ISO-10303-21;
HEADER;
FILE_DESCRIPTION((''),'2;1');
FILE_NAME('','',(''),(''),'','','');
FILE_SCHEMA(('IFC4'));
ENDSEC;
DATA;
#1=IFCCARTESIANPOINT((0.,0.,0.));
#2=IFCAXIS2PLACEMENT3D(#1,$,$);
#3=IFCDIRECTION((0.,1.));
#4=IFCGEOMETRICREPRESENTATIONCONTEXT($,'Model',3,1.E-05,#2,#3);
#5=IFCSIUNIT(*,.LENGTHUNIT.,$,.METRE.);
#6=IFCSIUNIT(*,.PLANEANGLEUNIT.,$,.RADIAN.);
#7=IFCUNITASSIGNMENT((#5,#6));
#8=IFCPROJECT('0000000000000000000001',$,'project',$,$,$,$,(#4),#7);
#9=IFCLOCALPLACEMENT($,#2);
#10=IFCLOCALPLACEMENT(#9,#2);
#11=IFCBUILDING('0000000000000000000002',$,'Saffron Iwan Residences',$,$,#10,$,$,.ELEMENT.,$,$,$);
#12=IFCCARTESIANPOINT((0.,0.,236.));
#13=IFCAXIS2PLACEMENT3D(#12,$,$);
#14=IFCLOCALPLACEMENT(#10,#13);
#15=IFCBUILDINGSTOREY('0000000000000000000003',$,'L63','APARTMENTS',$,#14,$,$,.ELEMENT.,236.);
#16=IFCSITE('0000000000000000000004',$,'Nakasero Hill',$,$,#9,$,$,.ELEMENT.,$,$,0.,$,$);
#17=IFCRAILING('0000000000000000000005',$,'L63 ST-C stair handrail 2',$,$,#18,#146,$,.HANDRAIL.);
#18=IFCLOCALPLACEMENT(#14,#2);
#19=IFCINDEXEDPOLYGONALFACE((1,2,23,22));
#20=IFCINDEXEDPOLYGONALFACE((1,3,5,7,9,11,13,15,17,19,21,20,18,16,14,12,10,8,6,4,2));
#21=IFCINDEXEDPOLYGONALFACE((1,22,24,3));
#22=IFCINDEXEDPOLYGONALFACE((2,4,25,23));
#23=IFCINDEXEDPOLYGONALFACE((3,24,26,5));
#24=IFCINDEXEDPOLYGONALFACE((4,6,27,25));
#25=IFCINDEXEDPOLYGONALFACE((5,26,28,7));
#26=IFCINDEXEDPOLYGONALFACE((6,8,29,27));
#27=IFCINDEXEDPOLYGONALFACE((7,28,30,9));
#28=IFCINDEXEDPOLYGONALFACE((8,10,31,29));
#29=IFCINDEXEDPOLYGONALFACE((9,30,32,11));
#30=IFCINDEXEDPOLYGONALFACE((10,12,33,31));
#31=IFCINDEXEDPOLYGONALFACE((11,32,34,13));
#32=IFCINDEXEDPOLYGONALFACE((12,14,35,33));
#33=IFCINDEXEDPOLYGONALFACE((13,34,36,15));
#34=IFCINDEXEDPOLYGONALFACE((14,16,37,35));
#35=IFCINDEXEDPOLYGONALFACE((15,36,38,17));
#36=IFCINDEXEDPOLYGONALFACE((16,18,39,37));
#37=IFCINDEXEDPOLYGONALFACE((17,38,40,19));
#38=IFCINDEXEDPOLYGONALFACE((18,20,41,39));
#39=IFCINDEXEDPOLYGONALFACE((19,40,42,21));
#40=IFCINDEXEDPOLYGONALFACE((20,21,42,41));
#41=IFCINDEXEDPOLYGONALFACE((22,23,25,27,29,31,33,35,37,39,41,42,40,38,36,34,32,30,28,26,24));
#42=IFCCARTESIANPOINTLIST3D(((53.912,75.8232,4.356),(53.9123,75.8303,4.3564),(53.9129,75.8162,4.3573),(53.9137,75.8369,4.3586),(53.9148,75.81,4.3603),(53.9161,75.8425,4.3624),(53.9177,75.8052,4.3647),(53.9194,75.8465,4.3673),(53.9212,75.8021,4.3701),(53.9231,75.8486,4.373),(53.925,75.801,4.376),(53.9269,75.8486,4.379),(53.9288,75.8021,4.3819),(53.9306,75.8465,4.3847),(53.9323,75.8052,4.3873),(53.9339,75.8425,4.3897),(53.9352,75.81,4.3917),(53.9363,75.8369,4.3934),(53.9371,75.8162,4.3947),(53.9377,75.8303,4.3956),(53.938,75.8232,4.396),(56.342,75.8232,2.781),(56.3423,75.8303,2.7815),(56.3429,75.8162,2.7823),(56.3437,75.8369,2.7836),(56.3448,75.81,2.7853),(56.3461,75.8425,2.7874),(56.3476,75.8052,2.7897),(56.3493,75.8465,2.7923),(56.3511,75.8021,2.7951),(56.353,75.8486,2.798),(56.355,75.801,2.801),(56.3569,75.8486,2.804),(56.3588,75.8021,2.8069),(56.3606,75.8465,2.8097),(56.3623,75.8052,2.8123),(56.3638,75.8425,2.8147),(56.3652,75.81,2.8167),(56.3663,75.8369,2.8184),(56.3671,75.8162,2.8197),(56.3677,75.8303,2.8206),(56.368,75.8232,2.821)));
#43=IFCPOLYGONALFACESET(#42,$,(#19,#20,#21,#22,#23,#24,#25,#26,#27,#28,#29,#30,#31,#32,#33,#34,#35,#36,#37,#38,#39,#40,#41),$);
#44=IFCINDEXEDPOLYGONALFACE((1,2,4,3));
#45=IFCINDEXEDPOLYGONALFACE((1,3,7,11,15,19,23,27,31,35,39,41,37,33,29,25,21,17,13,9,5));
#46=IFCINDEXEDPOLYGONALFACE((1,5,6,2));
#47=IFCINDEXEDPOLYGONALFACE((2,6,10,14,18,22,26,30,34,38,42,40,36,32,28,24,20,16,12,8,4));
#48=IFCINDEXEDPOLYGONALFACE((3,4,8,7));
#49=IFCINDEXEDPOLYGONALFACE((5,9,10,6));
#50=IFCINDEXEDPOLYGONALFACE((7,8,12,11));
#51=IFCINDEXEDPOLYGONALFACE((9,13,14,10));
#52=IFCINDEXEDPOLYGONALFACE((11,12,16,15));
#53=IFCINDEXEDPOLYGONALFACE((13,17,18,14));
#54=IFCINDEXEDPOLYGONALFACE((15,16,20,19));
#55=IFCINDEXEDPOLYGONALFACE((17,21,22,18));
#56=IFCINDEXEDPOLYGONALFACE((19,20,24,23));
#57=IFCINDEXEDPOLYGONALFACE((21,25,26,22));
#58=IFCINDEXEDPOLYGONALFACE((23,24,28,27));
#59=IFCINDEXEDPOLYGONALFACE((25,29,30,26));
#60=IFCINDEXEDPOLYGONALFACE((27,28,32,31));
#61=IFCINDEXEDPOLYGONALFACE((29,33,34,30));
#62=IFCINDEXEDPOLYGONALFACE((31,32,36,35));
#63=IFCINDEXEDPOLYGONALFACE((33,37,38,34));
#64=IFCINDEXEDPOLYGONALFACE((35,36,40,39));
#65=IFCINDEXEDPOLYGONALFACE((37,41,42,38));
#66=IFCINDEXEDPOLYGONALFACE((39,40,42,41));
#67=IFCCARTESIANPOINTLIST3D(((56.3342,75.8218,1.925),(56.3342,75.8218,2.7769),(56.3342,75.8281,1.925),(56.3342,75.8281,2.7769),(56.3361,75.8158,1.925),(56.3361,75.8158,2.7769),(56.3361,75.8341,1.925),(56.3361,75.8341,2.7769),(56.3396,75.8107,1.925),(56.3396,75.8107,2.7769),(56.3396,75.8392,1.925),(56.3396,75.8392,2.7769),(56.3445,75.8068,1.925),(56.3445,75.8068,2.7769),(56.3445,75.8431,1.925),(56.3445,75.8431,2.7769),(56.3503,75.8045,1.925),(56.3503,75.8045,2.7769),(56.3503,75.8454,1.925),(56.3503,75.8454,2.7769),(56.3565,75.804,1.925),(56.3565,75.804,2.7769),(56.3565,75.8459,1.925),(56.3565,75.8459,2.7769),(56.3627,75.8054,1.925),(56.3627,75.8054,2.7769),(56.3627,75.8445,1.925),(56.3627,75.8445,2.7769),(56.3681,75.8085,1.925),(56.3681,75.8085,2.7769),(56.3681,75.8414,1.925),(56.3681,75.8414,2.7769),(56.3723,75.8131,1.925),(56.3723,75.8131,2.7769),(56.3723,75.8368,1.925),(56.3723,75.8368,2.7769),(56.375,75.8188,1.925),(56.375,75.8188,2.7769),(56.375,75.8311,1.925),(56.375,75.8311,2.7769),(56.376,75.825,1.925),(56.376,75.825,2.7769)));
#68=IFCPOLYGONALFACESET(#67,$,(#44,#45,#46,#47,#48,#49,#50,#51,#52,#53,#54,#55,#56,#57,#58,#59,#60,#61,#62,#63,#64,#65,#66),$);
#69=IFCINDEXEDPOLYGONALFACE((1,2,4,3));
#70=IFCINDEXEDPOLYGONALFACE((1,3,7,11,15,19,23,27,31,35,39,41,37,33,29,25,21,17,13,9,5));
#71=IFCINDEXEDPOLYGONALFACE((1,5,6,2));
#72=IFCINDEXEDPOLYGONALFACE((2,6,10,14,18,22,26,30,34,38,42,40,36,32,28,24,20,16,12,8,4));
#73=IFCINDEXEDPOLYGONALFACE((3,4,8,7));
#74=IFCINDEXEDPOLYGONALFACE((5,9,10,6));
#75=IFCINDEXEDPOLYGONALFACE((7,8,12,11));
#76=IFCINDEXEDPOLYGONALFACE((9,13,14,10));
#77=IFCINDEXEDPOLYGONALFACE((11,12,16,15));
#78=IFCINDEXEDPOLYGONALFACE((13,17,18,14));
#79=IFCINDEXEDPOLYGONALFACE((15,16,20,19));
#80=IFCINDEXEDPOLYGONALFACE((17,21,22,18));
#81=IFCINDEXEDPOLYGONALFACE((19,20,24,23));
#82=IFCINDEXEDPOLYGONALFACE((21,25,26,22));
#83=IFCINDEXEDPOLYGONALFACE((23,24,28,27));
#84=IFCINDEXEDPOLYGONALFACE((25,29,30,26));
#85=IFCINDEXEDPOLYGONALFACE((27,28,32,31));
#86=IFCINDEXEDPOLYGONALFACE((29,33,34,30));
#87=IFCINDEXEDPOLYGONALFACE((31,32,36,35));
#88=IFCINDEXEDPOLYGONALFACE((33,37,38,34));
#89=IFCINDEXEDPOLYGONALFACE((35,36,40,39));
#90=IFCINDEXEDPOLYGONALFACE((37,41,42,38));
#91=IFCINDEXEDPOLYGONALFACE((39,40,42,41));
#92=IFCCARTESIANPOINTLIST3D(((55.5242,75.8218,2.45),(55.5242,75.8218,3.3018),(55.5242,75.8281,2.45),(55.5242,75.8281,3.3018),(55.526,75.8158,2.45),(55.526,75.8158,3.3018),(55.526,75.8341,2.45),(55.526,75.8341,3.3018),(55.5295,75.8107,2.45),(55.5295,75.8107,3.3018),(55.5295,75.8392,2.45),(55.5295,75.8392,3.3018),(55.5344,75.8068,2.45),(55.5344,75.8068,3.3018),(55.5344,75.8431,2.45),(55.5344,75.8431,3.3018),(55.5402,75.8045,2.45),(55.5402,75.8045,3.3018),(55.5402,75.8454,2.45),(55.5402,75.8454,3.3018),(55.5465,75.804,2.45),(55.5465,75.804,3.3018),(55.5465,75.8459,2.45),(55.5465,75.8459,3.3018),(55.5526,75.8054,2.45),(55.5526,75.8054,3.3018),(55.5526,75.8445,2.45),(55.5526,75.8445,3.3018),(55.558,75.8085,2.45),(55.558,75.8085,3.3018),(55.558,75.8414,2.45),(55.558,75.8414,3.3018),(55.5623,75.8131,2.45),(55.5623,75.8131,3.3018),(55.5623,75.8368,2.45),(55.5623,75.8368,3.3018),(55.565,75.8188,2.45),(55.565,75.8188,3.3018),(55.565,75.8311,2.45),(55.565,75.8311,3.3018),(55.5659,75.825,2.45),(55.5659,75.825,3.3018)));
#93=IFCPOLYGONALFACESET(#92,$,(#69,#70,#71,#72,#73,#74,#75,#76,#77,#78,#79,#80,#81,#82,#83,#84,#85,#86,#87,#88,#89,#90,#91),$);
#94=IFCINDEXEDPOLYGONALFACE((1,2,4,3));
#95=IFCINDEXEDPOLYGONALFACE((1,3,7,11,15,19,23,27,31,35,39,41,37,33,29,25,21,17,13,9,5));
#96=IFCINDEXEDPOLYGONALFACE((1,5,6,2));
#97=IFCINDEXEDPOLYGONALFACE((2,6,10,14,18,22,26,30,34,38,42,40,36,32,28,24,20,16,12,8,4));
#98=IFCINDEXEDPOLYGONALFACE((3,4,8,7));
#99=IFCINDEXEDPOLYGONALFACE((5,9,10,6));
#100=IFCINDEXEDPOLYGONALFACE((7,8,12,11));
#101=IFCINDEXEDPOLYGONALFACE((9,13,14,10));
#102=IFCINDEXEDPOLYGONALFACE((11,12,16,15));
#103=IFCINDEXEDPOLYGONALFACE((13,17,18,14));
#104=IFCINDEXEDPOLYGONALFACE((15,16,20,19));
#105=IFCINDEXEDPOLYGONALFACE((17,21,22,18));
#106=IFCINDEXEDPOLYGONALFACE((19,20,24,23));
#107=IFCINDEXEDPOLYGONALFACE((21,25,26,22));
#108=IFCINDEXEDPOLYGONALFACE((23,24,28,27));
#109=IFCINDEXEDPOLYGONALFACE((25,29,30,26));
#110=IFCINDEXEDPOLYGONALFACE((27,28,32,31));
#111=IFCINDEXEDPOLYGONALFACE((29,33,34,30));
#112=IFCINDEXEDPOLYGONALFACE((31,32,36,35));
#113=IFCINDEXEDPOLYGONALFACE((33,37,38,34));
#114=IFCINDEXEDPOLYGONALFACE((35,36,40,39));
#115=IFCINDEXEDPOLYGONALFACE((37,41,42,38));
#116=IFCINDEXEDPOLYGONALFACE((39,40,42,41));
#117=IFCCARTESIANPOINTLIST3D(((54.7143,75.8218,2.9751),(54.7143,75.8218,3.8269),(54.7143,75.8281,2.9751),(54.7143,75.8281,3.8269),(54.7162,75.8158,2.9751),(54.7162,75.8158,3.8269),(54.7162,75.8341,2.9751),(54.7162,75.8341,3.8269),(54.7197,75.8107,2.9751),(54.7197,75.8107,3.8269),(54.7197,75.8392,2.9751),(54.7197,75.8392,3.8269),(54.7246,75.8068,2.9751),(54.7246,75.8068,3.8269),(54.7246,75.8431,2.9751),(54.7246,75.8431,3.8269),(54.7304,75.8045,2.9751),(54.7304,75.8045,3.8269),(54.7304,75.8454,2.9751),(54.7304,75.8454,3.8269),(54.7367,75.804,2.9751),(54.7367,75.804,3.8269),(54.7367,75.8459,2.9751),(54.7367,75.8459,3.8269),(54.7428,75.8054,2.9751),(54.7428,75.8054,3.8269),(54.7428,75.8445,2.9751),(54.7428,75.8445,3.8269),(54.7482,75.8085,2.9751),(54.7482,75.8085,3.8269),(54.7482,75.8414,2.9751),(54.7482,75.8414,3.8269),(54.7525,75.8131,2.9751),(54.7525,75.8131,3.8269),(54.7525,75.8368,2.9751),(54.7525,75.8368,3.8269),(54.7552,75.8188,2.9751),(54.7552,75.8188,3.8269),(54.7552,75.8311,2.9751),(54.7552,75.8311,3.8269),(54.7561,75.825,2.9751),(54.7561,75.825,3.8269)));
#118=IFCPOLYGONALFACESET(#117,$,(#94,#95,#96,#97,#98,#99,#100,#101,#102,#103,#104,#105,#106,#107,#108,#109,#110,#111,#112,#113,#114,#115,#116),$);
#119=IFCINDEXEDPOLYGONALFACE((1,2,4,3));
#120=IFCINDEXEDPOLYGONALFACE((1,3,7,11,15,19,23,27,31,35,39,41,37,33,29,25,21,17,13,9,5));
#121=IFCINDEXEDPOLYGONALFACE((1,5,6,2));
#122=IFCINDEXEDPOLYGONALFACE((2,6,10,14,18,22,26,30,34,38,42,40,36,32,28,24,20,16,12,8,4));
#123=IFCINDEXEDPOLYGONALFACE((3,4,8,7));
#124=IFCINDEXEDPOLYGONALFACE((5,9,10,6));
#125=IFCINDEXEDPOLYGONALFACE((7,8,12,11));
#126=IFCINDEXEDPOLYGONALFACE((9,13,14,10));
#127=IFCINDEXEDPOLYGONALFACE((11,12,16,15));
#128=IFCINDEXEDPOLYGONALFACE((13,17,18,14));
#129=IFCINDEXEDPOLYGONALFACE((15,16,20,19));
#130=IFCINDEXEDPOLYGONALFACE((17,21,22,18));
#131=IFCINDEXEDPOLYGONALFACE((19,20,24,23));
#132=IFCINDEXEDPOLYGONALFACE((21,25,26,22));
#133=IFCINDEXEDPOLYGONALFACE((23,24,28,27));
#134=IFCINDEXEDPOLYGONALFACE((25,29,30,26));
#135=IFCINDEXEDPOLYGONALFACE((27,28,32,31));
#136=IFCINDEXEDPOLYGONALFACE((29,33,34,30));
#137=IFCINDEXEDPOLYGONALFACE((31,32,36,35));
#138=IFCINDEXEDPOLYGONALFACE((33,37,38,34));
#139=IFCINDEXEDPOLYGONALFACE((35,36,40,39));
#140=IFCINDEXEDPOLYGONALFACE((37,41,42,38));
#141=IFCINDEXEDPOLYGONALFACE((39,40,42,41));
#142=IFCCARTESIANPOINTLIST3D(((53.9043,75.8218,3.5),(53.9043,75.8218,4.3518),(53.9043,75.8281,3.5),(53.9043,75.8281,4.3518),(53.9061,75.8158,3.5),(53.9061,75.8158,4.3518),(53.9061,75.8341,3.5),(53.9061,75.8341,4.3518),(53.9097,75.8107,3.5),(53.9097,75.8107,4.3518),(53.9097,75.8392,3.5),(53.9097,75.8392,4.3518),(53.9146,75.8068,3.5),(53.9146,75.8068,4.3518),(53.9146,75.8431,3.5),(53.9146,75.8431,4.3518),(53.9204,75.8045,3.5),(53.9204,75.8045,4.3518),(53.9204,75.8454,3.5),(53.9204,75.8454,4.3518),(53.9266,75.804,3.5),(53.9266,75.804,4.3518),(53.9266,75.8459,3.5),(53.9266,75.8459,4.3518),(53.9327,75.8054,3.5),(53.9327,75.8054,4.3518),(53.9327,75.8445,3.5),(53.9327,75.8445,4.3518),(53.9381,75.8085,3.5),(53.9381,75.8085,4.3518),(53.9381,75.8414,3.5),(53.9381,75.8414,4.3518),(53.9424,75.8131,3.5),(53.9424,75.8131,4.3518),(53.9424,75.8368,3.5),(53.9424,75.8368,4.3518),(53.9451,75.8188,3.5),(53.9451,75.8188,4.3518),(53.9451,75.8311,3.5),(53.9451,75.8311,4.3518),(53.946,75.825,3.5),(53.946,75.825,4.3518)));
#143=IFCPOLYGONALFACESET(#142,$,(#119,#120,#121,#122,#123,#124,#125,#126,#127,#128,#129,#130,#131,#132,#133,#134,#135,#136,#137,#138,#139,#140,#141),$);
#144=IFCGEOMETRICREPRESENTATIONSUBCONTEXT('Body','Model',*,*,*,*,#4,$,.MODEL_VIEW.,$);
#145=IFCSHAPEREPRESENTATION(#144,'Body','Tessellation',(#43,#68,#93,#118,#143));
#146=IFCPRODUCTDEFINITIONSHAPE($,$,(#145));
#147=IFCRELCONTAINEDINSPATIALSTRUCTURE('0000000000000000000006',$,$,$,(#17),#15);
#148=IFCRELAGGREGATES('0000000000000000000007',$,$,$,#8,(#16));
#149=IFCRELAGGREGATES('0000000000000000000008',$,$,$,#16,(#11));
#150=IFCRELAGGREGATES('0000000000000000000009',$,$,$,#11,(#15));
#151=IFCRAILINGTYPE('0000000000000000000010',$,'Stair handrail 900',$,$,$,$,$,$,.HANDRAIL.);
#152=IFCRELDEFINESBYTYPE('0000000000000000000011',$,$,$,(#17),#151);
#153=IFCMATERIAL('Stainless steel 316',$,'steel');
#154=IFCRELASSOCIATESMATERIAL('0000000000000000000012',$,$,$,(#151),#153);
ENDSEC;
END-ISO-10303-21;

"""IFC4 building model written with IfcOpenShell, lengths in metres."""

from ifc_helpers import new_model, si_unit, direction, frame, origin, origin_2d, place, context, subcontext, project, spatial, circle, extrude, material, type_object, element, save


model = new_model("IFC4")

# Units and contexts
model_context = context("Model", 3, precision=1e-05, world=origin(), true_north=direction((0.0, 1.0)))
body_context = subcontext(model_context, "Body", "Model", "MODEL_VIEW")
ifc_project = project(units=[si_unit("LENGTHUNIT", "METRE"), si_unit("PLANEANGLEUNIT", "RADIAN")], contexts=[model_context])

# Site, building, storey
site_placement = place(None, origin())
site = spatial("IfcSite", under=ifc_project, at=site_placement, Name="Nakasero Hill", CompositionType="ELEMENT", RefElevation=0.0)
building_placement = place(site_placement, origin())
building = spatial("IfcBuilding", under=site, at=building_placement, Name="Saffron Iwan Residences", CompositionType="ELEMENT")
storey_placement = place(building_placement, frame((0.0, 0.0, 236.0)))
storey = spatial("IfcBuildingStorey", under=building, at=storey_placement, Name="L63", Description="APARTMENTS", CompositionType="ELEMENT", Elevation=236.0)

# Railing
ifc_material_1 = material(Name="Stainless steel 316", Category="steel")
railing_type = type_object("IfcRailingType", Name="Stair handrail 900", PredefinedType="HANDRAIL", material=ifc_material_1)
railing_1_placement = place(storey_placement, frame((56.355, 75.825, 1.925)))
element("IfcRailing", 1, at=railing_1_placement, inside=storey, type_object=railing_type, Name="L63 ST-C stair handrail 2", PredefinedType="HANDRAIL", context=body_context, shape_type="SweptSolid", body=[
    extrude(circle(Radius=0.0239, at=origin_2d()), frame((0.0, 0.0, 0.876), z_axis=(-0.839154, 0.0, 0.543894), x_axis=(0.0, -1.0, 0.0)), (0.0, 0.0, 1.0), 2.8958),
    extrude(circle(Radius=0.021, at=origin_2d()), origin(), (0.0, 0.0, 1.0), 0.8518),
    extrude(circle(Radius=0.021, at=origin_2d()), frame((-0.8101, 0.0, 0.5249)), (0.0, 0.0, 1.0), 0.8518),
    extrude(circle(Radius=0.021, at=origin_2d()), frame((-1.6199, 0.0, 1.05)), (0.0, 0.0, 1.0), 0.8518),
    extrude(circle(Radius=0.021, at=origin_2d()), frame((-2.4299, 0.0, 1.575)), (0.0, 0.0, 1.0), 0.8518),
])

save(model, "model.ifc")
